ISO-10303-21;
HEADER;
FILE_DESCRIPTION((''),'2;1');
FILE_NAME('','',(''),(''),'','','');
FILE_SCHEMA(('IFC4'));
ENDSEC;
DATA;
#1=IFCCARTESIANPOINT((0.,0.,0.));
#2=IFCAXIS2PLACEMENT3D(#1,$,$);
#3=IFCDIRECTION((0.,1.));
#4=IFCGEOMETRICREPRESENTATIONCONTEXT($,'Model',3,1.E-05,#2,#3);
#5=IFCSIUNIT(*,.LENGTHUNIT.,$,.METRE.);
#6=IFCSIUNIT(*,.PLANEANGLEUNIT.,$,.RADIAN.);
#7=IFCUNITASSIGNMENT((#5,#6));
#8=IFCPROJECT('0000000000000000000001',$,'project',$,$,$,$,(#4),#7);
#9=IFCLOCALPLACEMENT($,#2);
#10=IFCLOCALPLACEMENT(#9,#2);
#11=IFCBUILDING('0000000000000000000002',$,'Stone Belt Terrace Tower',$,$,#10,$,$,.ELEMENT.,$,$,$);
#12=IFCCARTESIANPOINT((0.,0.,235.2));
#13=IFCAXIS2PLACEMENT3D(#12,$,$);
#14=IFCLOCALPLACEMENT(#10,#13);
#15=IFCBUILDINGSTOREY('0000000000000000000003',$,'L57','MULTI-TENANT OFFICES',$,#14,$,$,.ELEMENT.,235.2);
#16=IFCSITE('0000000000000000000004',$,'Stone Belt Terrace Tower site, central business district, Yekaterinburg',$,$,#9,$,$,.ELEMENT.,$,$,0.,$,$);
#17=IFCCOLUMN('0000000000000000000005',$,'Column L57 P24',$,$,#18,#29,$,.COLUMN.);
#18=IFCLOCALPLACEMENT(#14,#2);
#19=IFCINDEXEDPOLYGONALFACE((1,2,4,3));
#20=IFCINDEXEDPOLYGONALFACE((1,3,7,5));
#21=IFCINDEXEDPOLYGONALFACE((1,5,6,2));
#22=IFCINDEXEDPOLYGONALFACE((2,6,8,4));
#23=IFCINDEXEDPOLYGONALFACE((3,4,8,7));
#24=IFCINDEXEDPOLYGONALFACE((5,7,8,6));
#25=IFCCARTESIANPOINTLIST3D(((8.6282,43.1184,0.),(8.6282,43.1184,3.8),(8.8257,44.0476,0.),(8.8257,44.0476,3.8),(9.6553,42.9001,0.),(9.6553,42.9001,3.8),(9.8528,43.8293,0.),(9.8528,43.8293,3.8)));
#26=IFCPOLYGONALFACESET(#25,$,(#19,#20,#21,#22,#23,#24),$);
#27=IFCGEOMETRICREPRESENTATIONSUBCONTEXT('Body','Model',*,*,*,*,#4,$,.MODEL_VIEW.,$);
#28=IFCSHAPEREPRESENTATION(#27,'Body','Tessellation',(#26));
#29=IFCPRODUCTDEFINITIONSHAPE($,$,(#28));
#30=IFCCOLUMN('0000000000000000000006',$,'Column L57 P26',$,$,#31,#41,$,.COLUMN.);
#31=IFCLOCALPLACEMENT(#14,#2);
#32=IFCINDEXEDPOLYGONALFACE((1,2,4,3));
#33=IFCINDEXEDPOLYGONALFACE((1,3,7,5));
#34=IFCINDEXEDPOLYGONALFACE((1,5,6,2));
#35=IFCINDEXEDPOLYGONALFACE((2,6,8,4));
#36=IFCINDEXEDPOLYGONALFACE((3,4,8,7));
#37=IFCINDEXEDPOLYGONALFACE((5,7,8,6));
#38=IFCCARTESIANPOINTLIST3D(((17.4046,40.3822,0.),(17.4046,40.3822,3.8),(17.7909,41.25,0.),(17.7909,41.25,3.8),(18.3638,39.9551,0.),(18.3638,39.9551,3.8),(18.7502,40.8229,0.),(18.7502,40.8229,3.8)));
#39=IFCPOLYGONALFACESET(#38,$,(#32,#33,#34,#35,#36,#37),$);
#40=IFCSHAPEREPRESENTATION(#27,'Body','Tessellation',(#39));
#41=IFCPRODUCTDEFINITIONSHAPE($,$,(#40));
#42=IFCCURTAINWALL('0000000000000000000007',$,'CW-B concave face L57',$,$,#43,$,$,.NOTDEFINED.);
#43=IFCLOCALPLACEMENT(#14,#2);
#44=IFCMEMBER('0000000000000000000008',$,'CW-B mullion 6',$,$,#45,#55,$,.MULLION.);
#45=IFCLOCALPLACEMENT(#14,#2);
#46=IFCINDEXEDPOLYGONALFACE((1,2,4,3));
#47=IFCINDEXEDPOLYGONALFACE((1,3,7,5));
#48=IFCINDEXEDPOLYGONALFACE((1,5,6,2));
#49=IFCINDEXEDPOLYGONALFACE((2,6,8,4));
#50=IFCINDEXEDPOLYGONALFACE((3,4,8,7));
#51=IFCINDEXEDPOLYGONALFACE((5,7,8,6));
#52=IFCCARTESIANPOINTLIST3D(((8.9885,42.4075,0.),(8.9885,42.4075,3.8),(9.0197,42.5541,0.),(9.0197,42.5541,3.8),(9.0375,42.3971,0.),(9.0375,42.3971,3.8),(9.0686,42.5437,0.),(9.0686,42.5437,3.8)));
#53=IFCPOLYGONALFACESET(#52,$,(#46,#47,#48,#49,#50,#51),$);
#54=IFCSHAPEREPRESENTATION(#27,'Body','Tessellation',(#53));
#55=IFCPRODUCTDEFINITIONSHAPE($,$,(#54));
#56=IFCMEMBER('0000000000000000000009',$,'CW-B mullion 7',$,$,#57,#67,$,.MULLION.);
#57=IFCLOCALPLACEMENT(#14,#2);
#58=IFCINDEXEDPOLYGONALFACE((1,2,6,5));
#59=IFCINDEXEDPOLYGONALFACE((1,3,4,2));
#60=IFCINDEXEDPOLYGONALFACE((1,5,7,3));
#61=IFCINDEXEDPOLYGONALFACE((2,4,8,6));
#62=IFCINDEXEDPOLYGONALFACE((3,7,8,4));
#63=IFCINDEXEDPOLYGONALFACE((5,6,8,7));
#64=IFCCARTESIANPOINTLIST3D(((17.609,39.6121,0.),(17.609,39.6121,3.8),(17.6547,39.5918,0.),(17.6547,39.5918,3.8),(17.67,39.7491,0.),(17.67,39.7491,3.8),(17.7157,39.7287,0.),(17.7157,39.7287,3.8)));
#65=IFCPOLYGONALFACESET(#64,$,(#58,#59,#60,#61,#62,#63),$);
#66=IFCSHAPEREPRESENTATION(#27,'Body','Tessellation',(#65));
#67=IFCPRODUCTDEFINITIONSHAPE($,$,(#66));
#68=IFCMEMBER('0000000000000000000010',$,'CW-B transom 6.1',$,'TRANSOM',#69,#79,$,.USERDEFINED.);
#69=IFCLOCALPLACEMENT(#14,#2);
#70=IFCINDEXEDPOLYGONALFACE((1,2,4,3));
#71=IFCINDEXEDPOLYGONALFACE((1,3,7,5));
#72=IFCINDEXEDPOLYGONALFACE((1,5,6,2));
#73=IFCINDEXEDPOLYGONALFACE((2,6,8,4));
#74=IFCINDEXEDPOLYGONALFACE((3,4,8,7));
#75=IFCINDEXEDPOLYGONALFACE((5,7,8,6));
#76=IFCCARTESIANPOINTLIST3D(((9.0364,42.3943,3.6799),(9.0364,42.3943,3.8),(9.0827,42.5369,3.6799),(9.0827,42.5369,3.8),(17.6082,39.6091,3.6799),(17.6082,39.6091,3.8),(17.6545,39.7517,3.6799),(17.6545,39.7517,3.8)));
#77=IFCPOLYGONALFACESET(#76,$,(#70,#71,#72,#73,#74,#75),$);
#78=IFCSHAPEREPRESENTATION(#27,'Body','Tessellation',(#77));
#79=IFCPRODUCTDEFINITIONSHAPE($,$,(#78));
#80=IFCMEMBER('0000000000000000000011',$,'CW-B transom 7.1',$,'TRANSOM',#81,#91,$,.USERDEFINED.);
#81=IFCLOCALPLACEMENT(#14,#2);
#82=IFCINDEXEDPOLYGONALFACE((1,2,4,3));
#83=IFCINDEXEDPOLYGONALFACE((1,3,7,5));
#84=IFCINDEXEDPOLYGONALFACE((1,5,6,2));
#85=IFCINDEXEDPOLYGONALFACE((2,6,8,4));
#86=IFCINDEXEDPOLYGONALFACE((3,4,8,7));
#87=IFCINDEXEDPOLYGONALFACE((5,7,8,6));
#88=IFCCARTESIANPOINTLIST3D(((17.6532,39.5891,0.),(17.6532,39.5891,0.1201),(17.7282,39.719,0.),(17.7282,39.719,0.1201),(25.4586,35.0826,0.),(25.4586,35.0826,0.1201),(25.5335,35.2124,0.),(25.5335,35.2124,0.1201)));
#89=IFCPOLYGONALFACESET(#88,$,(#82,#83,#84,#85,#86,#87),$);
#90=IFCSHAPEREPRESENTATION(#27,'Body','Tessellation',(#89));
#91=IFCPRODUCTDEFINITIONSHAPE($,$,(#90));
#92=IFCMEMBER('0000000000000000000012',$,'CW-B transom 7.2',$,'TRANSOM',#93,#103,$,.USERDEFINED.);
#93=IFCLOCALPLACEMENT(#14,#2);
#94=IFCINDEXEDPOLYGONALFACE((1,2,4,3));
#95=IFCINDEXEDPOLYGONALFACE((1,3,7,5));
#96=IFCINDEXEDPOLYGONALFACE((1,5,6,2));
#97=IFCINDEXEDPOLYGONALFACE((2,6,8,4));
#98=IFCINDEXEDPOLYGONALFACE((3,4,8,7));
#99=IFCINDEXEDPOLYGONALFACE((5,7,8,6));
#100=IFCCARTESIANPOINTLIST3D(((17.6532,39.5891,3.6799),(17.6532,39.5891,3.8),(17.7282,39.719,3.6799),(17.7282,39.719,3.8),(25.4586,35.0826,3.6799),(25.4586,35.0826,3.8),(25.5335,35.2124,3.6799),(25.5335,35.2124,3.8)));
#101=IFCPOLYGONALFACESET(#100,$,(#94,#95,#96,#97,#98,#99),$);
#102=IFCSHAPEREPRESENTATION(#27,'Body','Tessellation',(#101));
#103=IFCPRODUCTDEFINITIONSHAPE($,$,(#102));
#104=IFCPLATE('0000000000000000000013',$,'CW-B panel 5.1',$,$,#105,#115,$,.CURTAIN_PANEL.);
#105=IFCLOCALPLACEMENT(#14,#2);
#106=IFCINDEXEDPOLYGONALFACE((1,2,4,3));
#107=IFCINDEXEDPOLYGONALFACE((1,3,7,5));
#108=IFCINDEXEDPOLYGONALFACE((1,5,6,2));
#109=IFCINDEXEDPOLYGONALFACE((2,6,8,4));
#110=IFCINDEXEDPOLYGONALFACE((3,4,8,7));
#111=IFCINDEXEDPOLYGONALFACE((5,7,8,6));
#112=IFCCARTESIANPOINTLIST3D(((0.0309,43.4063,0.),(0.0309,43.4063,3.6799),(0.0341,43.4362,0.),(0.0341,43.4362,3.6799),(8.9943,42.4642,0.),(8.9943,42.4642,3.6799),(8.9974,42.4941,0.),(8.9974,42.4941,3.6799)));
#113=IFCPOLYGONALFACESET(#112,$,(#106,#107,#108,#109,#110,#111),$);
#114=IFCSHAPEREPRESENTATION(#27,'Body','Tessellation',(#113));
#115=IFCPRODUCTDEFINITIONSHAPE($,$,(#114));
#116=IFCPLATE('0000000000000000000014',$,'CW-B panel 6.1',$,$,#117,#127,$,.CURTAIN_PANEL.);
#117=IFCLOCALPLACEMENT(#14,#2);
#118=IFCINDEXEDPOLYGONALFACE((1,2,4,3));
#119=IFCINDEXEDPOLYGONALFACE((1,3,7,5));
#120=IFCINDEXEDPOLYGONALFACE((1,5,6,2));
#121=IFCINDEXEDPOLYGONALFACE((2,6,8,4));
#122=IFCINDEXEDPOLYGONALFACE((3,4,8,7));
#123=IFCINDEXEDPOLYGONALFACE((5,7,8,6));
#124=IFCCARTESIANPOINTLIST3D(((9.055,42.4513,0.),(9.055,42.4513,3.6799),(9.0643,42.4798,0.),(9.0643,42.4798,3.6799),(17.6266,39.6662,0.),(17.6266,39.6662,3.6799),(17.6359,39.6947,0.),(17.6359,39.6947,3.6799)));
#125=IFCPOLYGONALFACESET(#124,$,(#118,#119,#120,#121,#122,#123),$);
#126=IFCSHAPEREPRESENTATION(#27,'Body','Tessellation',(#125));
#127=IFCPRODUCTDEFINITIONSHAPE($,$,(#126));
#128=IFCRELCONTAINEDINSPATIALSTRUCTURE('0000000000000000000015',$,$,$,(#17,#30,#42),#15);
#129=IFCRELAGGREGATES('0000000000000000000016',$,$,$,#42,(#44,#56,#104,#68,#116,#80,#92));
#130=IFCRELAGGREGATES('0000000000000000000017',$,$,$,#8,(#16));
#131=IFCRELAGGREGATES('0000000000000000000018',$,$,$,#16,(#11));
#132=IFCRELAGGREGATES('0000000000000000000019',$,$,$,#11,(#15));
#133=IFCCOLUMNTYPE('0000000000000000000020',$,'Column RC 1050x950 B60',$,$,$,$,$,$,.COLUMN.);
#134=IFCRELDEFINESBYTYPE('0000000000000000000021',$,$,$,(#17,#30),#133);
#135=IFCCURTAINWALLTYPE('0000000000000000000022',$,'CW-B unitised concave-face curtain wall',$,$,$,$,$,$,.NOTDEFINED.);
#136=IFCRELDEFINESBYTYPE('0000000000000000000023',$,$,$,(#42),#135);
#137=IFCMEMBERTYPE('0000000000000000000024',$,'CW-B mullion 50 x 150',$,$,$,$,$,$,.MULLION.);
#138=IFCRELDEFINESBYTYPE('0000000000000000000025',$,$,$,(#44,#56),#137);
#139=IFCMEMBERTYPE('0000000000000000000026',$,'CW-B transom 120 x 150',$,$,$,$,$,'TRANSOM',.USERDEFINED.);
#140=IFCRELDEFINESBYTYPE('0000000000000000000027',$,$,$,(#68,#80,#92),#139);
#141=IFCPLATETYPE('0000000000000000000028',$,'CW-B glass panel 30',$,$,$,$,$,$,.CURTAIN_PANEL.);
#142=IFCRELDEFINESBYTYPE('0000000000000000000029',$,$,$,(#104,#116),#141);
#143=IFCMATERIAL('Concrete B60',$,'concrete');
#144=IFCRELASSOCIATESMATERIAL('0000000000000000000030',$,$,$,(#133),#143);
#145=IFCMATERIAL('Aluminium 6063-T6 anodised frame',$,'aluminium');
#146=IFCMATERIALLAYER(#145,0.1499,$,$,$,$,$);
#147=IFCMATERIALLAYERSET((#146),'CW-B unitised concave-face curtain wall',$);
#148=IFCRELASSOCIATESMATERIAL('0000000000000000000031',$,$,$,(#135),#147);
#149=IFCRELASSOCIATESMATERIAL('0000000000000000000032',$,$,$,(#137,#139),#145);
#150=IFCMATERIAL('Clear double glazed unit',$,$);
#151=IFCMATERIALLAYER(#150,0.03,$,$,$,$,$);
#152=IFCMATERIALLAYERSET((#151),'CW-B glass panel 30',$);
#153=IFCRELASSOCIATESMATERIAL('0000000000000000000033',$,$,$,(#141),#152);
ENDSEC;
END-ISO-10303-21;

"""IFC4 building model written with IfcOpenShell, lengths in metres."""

from ifc_helpers import new_model, si_unit, direction, frame, origin, origin_2d, place, context, subcontext, project, spatial, rectangle, extrude, material, layer, layer_set, material_profile, profile_set, type_object, element, aggregate, save


model = new_model("IFC4")

# Units and contexts
model_context = context("Model", 3, precision=1e-05, world=origin(), true_north=direction((0.0, 1.0)))
body_context = subcontext(model_context, "Body", "Model", "MODEL_VIEW")
ifc_project = project(units=[si_unit("LENGTHUNIT", "METRE"), si_unit("PLANEANGLEUNIT", "RADIAN")], contexts=[model_context])

# Site, building, storey
site_placement = place(None, origin())
site = spatial("IfcSite", under=ifc_project, at=site_placement, Name="Stone Belt Terrace Tower site, central business district, Yekaterinburg", CompositionType="ELEMENT", RefElevation=0.0)
building_placement = place(site_placement, origin())
building = spatial("IfcBuilding", under=site, at=building_placement, Name="Stone Belt Terrace Tower", CompositionType="ELEMENT")
storey_placement = place(building_placement, frame((0.0, 0.0, 235.2)))
storey = spatial("IfcBuildingStorey", under=building, at=storey_placement, Name="L57", Description="MULTI-TENANT OFFICES", CompositionType="ELEMENT", Elevation=235.2)

# Columns
ifc_material_1 = material(Name="Concrete B60", Category="concrete")
ifc_material_profile_1 = material_profile(ifc_material_1, rectangle(XDim=1.05, YDim=0.95, at=origin_2d()), Name="RC 1050x950")
ifc_profile_set_1 = profile_set([ifc_material_profile_1], Name="Concrete B60")
column_type = type_object("IfcColumnType", Name="Column RC 1050x950 B60", PredefinedType="COLUMN", material=ifc_profile_set_1)
for number, where, z_axis, x_axis, name in (
    (1, (9.2405, 43.4739, 0.0), (0.0, 0.0, 1.0), (0.978148, -0.207912, 0.0), "Column L57 P24"),
    (2, (18.0774, 40.6025, 0.0), (0.0, 0.0, 1.0), (0.913545, -0.406737, 0.0), "Column L57 P26"),
):
    element("IfcColumn", number, at=place(storey_placement, frame(where, z_axis=z_axis, x_axis=x_axis)), inside=storey, type_object=column_type, Name=name, PredefinedType="COLUMN", context=body_context, shape_type="SweptSolid", body=[
        extrude(rectangle(XDim=1.05, YDim=0.95, at=origin_2d()), origin(), (0.0, 0.0, 1.0), 3.8),
    ])

# Curtain wall, members, plates
ifc_material_2 = material(Name="Aluminium 6063-T6 anodised frame", Category="aluminium")
ifc_layer_1 = layer(ifc_material_2, 0.1499)
ifc_layer_set_1 = layer_set([ifc_layer_1], Name="CW-B unitised concave-face curtain wall")
curtain_wall_type = type_object("IfcCurtainWallType", Name="CW-B unitised concave-face curtain wall", PredefinedType="NOTDEFINED", material=ifc_layer_set_1)
curtain_wall_placement = place(storey_placement, origin())
curtain_wall = element("IfcCurtainWall", 3, at=curtain_wall_placement, inside=storey, type_object=curtain_wall_type, Name="CW-B concave face L57", PredefinedType="NOTDEFINED")
ifc_material_profile_2 = material_profile(ifc_material_2, rectangle(XDim=0.1499, YDim=0.05, at=origin_2d()), Name="Aluminium 6063-T6 50x150")
ifc_profile_set_2 = profile_set([ifc_material_profile_2], Name="Aluminium 6063-T6 anodised frame")
member_type_1 = type_object("IfcMemberType", Name="CW-B mullion 50 x 150", PredefinedType="MULLION", material=ifc_profile_set_2)
member_1_placement = place(storey_placement, frame((9.0286, 42.4756, 0.0), z_axis=(0.0, 0.0, 1.0), x_axis=(0.207912, 0.978148, 0.0)))
member_1 = element("IfcMember", 4, at=member_1_placement, type_object=member_type_1, Name="CW-B mullion 6", PredefinedType="MULLION", context=body_context, shape_type="SweptSolid", body=[
    extrude(rectangle(XDim=0.1499, YDim=0.05, at=origin_2d()), origin(), (0.0, 0.0, 1.0), 3.8),
])
member_2_placement = place(storey_placement, frame((17.6624, 39.6704, 0.0), z_axis=(0.0, 0.0, 1.0), x_axis=(0.406737, 0.913545, 0.0)))
member_2 = element("IfcMember", 5, at=member_2_placement, type_object=member_type_1, Name="CW-B mullion 7", PredefinedType="MULLION", context=body_context, shape_type="SweptSolid", body=[
    extrude(rectangle(XDim=0.1499, YDim=0.05, at=origin_2d()), origin(), (0.0, 0.0, 1.0), 3.8),
])
ifc_material_profile_3 = material_profile(ifc_material_2, rectangle(XDim=0.1499, YDim=0.1201, at=origin_2d()), Name="Aluminium 6063-T6 150x120")
ifc_profile_set_3 = profile_set([ifc_material_profile_3], Name="Aluminium 6063-T6 anodised frame")
member_type_2 = type_object("IfcMemberType", Name="CW-B transom 120 x 150", ElementType="TRANSOM", PredefinedType="USERDEFINED", material=ifc_profile_set_3)
member_3_placement = place(storey_placement, frame((9.0596, 42.4656, 3.74), z_axis=(0.951056, -0.309019, 0.0), x_axis=(0.309019, 0.951056, 0.0)))
member_3 = element("IfcMember", 6, at=member_3_placement, type_object=member_type_2, Name="CW-B transom 6.1", ObjectType="TRANSOM", PredefinedType="USERDEFINED", context=body_context, shape_type="SweptSolid", body=[
    extrude(rectangle(XDim=0.1499, YDim=0.1201, at=origin_2d()), origin(), (0.0, 0.0, 1.0), 9.0129),
])
member_4_placement = place(storey_placement, frame((17.6907, 39.6541, 0.0601), z_axis=(0.866019, -0.500011, 0.0), x_axis=(0.500011, 0.866019, 0.0)))
member_4 = element("IfcMember", 7, at=member_4_placement, type_object=member_type_2, Name="CW-B transom 7.1", ObjectType="TRANSOM", PredefinedType="USERDEFINED", context=body_context, shape_type="SweptSolid", body=[
    extrude(rectangle(XDim=0.1499, YDim=0.1201, at=origin_2d()), origin(), (0.0, 0.0, 1.0), 9.0129),
])
member_5_placement = place(storey_placement, frame((17.6907, 39.6541, 3.74), z_axis=(0.866019, -0.500011, 0.0), x_axis=(0.500011, 0.866019, 0.0)))
member_5 = element("IfcMember", 8, at=member_5_placement, type_object=member_type_2, Name="CW-B transom 7.2", ObjectType="TRANSOM", PredefinedType="USERDEFINED", context=body_context, shape_type="SweptSolid", body=[
    extrude(rectangle(XDim=0.1499, YDim=0.1201, at=origin_2d()), origin(), (0.0, 0.0, 1.0), 9.0129),
])
ifc_material_3 = material(Name="Clear double glazed unit")
ifc_layer_2 = layer(ifc_material_3, 0.03)
ifc_layer_set_2 = layer_set([ifc_layer_2], Name="CW-B glass panel 30")
plate_type = type_object("IfcPlateType", Name="CW-B glass panel 30", PredefinedType="CURTAIN_PANEL", material=ifc_layer_set_2)
plate_1_placement = place(storey_placement, frame((4.5142, 42.9502, 0.0), z_axis=(0.0, 0.0, 1.0), x_axis=(0.994522, -0.104528, 0.0)))
plate_1 = element("IfcPlate", 9, at=plate_1_placement, type_object=plate_type, Name="CW-B panel 5.1", PredefinedType="CURTAIN_PANEL", context=body_context, shape_type="SweptSolid", body=[
    extrude(rectangle(XDim=9.0127, YDim=0.03, at=origin_2d()), origin(), (0.0, 0.0, 1.0), 3.6799),
])
plate_2_placement = place(storey_placement, frame((13.3455, 41.073, 0.0), z_axis=(0.0, 0.0, 1.0), x_axis=(0.951057, -0.309017, 0.0)))
plate_2 = element("IfcPlate", 10, at=plate_2_placement, type_object=plate_type, Name="CW-B panel 6.1", PredefinedType="CURTAIN_PANEL", context=body_context, shape_type="SweptSolid", body=[
    extrude(rectangle(XDim=9.0127, YDim=0.03, at=origin_2d()), origin(), (0.0, 0.0, 1.0), 3.6799),
])
aggregate(curtain_wall, [member_1, member_2, plate_1, member_3, plate_2, member_4, member_5])

save(model, "model.ifc")
